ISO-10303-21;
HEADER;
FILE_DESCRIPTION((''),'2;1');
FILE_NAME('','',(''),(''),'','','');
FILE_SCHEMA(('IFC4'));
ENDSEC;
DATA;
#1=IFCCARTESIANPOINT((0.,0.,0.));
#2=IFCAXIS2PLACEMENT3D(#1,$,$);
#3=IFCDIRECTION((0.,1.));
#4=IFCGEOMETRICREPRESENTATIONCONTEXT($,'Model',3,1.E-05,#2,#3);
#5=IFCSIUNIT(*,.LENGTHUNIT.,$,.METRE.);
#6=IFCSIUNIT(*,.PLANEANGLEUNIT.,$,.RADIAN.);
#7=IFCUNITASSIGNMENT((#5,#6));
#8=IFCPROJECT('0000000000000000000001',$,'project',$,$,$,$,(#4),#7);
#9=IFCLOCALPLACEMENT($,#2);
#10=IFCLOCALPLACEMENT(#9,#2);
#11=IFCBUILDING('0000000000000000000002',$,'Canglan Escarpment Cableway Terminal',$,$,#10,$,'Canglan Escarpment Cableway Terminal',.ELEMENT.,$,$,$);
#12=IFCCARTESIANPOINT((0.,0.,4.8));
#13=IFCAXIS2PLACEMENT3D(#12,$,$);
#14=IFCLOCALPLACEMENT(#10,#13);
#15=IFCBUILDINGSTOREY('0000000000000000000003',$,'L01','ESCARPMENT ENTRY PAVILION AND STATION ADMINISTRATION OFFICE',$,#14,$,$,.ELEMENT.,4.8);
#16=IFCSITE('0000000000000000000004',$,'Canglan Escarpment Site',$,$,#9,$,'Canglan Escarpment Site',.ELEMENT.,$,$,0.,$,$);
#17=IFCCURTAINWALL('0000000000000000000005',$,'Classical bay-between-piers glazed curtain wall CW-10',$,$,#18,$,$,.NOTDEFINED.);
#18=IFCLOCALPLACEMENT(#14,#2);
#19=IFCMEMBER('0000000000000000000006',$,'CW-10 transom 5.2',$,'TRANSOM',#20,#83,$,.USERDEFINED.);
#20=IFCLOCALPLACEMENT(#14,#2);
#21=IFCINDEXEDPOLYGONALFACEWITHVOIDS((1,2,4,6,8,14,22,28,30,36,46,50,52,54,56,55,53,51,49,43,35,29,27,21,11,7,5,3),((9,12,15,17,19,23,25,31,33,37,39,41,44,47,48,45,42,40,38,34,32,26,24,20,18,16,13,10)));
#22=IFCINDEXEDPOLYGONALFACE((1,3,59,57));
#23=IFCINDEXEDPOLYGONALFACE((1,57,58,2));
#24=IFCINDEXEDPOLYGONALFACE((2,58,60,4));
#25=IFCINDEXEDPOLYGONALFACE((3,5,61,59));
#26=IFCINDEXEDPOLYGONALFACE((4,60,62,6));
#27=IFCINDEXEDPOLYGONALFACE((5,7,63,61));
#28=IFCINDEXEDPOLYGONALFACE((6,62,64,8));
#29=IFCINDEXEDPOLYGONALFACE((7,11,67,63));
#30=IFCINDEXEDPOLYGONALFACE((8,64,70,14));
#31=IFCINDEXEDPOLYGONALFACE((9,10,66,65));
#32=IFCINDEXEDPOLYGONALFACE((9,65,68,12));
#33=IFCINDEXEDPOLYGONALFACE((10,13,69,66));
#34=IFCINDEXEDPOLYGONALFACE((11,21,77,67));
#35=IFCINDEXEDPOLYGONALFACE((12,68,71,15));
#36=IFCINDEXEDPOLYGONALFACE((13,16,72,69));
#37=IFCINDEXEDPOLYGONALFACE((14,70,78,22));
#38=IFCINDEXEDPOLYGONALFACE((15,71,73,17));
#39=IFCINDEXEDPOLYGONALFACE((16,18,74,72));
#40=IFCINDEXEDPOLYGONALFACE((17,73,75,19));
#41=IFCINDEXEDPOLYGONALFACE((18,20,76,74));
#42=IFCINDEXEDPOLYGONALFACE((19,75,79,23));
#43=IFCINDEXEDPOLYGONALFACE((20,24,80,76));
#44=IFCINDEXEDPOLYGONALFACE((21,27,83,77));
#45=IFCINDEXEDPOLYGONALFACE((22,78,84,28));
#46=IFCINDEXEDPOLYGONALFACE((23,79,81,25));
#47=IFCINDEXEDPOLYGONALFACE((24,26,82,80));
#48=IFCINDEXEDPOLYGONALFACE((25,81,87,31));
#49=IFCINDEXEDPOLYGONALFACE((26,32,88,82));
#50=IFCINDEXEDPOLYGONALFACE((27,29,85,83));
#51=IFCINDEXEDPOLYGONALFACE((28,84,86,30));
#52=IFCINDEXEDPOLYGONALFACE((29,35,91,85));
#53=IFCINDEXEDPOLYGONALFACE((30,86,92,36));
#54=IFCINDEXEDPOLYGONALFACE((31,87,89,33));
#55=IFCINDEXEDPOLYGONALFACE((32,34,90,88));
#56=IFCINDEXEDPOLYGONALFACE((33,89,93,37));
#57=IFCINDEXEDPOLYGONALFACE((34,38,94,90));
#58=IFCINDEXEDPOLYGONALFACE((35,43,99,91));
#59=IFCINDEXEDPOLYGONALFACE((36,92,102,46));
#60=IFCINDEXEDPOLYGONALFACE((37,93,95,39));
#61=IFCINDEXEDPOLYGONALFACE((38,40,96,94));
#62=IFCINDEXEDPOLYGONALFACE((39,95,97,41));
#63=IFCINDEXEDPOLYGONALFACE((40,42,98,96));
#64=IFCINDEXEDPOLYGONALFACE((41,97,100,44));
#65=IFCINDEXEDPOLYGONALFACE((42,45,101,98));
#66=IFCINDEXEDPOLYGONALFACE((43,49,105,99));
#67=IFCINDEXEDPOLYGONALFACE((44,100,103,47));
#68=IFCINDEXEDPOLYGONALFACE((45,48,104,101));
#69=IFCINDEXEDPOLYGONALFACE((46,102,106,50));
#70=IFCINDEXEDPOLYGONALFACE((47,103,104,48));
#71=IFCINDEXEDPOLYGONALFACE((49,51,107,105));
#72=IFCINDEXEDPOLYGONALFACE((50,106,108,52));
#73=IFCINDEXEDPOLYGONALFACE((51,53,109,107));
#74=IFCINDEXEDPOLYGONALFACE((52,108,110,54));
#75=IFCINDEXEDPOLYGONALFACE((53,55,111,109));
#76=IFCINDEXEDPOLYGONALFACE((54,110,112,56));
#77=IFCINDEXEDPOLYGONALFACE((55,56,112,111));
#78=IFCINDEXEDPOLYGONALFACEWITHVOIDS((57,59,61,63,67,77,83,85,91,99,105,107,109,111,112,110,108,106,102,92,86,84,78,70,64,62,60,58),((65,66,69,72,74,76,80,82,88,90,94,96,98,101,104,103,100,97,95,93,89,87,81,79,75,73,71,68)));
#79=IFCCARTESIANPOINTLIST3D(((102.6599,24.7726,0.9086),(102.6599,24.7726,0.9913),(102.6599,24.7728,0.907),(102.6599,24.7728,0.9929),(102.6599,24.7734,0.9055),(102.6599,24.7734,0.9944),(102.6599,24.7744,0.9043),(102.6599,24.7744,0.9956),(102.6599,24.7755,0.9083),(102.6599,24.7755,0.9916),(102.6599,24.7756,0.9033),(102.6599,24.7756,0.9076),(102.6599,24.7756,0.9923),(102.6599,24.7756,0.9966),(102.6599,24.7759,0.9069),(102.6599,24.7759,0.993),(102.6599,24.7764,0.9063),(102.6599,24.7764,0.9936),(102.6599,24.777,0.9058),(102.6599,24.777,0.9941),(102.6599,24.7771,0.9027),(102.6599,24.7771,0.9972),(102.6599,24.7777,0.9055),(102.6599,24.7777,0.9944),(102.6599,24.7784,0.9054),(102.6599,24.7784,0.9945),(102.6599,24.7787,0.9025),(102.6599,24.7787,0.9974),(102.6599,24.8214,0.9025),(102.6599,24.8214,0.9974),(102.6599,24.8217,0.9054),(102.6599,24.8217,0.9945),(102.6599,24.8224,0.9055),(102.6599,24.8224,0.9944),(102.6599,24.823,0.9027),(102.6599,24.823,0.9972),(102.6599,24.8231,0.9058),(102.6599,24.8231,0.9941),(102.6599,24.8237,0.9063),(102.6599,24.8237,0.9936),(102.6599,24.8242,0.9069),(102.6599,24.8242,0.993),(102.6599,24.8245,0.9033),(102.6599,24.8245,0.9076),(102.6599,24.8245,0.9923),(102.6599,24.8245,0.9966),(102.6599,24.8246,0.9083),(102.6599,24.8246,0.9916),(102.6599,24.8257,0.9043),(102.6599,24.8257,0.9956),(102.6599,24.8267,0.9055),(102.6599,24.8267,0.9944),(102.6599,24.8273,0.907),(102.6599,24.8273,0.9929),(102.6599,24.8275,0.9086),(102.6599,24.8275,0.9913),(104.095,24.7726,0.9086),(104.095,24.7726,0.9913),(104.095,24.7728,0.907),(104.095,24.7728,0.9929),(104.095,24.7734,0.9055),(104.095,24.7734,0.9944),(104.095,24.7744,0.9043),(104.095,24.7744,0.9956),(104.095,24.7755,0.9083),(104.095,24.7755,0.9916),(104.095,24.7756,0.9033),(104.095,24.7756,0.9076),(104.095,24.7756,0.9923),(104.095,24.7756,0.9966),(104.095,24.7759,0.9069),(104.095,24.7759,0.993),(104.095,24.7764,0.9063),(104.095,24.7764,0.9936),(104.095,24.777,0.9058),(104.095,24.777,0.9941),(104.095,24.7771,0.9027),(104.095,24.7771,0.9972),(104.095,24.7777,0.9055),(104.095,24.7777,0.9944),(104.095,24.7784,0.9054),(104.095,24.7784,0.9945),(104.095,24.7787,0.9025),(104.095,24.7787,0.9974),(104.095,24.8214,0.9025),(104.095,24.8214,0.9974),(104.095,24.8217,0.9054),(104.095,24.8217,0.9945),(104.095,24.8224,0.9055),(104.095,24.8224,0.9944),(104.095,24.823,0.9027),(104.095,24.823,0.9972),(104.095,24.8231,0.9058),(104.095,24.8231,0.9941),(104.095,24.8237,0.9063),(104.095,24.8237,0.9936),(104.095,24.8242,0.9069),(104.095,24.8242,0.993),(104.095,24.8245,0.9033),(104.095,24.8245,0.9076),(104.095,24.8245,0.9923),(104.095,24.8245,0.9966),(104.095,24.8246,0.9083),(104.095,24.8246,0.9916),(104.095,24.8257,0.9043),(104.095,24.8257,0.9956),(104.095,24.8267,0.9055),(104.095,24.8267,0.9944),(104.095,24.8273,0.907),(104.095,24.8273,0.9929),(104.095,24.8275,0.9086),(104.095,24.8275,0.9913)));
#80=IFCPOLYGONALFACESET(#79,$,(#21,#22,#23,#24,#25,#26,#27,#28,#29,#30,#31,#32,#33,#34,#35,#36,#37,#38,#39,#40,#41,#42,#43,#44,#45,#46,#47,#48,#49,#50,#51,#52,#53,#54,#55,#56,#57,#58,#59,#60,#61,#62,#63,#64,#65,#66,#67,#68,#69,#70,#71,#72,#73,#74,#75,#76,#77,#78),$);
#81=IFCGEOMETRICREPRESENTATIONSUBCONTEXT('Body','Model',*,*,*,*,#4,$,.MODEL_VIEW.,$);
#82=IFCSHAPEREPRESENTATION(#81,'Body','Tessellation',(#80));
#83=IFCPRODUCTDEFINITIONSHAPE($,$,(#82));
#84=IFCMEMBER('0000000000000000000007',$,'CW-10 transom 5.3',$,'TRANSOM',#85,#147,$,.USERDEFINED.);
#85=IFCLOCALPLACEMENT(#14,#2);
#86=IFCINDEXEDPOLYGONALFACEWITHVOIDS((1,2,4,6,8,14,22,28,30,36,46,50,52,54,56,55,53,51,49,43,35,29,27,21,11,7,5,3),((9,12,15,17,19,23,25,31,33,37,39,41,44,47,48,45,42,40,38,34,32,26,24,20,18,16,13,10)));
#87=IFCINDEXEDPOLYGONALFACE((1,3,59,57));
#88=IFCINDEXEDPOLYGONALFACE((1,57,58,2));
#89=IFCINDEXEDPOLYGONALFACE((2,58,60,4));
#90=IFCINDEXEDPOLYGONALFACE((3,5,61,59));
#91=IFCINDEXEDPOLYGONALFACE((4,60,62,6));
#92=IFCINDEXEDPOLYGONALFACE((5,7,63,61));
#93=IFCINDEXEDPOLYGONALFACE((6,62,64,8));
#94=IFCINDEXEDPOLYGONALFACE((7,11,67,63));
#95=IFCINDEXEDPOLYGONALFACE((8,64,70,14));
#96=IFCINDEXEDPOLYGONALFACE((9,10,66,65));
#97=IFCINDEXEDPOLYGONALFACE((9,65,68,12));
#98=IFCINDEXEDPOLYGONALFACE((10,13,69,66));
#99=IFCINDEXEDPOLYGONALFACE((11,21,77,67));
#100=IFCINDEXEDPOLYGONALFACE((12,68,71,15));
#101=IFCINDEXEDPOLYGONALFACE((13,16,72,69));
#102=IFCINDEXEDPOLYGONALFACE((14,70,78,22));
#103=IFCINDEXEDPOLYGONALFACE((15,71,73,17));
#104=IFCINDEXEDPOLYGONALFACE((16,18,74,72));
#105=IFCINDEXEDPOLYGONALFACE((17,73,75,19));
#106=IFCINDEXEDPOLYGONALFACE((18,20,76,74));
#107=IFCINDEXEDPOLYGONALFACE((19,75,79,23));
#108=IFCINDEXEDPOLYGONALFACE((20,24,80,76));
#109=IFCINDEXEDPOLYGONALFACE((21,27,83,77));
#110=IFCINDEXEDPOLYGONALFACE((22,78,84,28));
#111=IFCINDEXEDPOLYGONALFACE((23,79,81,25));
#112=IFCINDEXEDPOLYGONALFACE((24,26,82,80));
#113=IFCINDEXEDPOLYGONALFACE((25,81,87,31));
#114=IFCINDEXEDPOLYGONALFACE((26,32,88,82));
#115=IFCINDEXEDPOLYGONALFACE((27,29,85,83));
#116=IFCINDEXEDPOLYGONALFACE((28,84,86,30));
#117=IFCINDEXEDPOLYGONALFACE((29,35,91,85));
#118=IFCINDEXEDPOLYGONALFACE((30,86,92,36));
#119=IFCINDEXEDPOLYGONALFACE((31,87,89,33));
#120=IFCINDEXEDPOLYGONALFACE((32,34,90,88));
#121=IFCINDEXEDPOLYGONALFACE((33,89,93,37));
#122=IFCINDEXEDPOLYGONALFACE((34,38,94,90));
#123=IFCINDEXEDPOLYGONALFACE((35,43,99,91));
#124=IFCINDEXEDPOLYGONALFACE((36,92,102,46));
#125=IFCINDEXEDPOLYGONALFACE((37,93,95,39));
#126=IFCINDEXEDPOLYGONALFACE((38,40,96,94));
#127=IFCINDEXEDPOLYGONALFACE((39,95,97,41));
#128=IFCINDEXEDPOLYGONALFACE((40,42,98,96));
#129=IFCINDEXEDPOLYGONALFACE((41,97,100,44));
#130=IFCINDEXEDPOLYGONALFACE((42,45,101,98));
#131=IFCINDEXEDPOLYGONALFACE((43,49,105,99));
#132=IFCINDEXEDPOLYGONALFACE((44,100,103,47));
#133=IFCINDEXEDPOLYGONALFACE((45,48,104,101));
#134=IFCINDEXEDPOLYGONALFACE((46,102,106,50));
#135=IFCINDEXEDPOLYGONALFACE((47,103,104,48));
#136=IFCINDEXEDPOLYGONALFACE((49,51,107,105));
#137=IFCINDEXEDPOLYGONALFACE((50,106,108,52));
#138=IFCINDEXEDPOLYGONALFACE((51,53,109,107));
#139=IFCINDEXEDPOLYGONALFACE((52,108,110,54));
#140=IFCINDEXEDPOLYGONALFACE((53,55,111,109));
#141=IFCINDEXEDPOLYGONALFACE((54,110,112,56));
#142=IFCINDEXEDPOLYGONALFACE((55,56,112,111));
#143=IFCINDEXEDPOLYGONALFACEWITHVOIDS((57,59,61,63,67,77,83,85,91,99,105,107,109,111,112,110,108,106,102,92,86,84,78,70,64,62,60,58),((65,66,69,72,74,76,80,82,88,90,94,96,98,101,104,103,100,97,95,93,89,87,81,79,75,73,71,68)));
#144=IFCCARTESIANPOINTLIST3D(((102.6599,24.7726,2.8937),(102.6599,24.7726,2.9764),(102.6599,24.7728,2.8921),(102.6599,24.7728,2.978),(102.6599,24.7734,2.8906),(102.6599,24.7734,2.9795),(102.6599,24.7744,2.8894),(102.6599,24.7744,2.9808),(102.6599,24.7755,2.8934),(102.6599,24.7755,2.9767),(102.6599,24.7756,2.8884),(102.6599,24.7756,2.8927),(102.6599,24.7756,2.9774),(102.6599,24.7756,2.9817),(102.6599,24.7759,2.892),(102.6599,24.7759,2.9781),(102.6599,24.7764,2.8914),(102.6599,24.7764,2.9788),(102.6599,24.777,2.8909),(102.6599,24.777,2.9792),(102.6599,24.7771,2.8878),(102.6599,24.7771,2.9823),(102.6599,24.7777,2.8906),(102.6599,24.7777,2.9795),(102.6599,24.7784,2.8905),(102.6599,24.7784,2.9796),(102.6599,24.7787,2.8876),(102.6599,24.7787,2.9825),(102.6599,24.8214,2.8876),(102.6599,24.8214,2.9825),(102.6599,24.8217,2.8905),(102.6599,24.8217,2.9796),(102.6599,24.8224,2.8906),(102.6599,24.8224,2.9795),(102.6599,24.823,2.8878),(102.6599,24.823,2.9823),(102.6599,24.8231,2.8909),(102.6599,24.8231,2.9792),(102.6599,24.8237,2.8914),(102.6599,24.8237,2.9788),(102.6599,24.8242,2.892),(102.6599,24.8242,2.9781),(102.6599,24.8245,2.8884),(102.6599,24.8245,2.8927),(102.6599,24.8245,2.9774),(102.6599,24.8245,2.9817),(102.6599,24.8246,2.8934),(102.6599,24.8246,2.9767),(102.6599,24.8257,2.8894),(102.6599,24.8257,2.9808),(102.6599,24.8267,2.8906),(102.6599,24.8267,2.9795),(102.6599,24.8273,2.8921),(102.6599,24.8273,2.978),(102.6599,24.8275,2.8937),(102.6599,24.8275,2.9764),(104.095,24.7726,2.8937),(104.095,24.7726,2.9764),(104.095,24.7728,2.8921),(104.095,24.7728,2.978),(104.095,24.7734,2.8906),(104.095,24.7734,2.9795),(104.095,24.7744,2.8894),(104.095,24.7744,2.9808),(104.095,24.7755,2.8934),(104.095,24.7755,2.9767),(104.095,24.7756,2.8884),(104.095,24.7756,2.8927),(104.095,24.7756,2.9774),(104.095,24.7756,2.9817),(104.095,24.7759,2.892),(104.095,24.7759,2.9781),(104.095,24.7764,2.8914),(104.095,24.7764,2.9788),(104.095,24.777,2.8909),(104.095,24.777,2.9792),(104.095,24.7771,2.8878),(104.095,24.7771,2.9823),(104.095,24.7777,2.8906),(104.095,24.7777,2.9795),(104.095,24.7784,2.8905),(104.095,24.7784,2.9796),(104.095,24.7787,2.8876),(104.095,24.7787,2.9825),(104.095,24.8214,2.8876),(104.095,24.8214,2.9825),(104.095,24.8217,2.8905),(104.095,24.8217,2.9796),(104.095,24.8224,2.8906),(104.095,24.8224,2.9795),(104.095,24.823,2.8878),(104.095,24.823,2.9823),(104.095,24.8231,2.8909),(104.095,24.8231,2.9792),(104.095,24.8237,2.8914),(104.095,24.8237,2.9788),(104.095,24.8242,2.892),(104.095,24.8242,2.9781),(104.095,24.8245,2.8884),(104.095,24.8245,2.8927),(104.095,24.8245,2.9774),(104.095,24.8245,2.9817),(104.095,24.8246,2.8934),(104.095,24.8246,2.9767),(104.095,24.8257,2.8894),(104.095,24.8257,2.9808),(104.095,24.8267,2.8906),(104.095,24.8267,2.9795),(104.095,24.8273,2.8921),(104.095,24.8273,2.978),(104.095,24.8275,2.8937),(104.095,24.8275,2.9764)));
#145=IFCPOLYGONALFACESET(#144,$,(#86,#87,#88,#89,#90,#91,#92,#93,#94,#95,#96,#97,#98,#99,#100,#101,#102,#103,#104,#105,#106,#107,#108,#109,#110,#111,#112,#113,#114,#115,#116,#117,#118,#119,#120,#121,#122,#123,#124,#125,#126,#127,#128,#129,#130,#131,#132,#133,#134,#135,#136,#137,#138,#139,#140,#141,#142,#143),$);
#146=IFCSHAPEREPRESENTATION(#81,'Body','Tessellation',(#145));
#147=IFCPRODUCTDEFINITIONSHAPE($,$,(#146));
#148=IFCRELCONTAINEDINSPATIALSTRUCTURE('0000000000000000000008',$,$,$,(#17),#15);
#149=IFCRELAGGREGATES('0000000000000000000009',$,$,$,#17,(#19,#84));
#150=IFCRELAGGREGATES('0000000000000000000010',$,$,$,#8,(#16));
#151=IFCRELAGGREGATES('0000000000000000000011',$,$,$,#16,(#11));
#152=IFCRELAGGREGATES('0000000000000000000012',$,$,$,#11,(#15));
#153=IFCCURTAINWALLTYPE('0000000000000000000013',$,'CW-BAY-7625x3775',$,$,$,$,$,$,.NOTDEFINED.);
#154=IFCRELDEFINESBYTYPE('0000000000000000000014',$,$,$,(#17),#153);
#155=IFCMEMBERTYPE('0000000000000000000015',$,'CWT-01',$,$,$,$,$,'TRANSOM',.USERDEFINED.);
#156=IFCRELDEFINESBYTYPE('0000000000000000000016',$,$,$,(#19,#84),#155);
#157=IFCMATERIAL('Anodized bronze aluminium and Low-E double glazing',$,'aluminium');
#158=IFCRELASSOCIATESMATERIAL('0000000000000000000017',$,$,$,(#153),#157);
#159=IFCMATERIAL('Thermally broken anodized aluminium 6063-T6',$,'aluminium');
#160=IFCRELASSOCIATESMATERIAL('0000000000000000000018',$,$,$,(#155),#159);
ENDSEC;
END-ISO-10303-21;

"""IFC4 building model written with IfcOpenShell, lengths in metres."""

from ifc_helpers import new_model, si_unit, direction, frame, origin, origin_2d, place, context, subcontext, project, spatial, hollow_rectangle, extrude, material, material_profile, profile_set, type_object, element, aggregate, save


model = new_model("IFC4")

# Units and contexts
model_context = context("Model", 3, precision=1e-05, world=origin(), true_north=direction((0.0, 1.0)))
body_context = subcontext(model_context, "Body", "Model", "MODEL_VIEW")
ifc_project = project(units=[si_unit("LENGTHUNIT", "METRE"), si_unit("PLANEANGLEUNIT", "RADIAN")], contexts=[model_context])

# Site, building, storey
site_placement = place(None, origin())
site = spatial("IfcSite", under=ifc_project, at=site_placement, Name="Canglan Escarpment Site", LongName="Canglan Escarpment Site", CompositionType="ELEMENT", RefElevation=0.0)
building_placement = place(site_placement, origin())
building = spatial("IfcBuilding", under=site, at=building_placement, Name="Canglan Escarpment Cableway Terminal", LongName="Canglan Escarpment Cableway Terminal", CompositionType="ELEMENT")
storey_placement = place(building_placement, frame((0.0, 0.0, 4.8)))
storey = spatial("IfcBuildingStorey", under=building, at=storey_placement, Name="L01", Description="ESCARPMENT ENTRY PAVILION AND STATION ADMINISTRATION OFFICE", CompositionType="ELEMENT", Elevation=4.8)

# Curtain wall, members
ifc_material_1 = material(Name="Anodized bronze aluminium and Low-E double glazing", Category="aluminium")
curtain_wall_type_1 = type_object("IfcCurtainWallType", Name="CW-BAY-7625x3775", PredefinedType="NOTDEFINED", material=ifc_material_1)
curtain_wall_1_placement = place(storey_placement, origin())
curtain_wall_1 = element("IfcCurtainWall", 1, at=curtain_wall_1_placement, inside=storey, type_object=curtain_wall_type_1, Name="Classical bay-between-piers glazed curtain wall CW-10", PredefinedType="NOTDEFINED")
ifc_material_2 = material(Name="Thermally broken anodized aluminium 6063-T6", Category="aluminium")
ifc_material_profile_1 = material_profile(ifc_material_2, hollow_rectangle(XDim=0.0549, YDim=0.095, WallThickness=0.0029, InnerFilletRadius=0.0029, OuterFilletRadius=0.0061, at=origin_2d()), Name="ALU-TRAN 55x95x3")
ifc_profile_set_1 = profile_set([ifc_material_profile_1], Name="Thermally broken anodized aluminium 6063-T6")
member_type_1 = type_object("IfcMemberType", Name="CWT-01", ElementType="TRANSOM", PredefinedType="USERDEFINED", material=ifc_profile_set_1)
member_1_placement = place(storey_placement, frame((104.095, 24.8, 0.95), z_axis=(-1.0, 0.0, 0.0), x_axis=(0.0, -1.0, 0.0)))
member_1 = element("IfcMember", 2, at=member_1_placement, type_object=member_type_1, Name="CW-10 transom 5.2", ObjectType="TRANSOM", PredefinedType="USERDEFINED", context=body_context, shape_type="SweptSolid", body=[
    extrude(hollow_rectangle(XDim=0.0549, YDim=0.095, WallThickness=0.0029, InnerFilletRadius=0.0029, OuterFilletRadius=0.0061, at=origin_2d()), origin(), (0.0, 0.0, 1.0), 1.4351),
])
member_2_placement = place(storey_placement, frame((104.095, 24.8, 2.9351), z_axis=(-1.0, 0.0, 0.0), x_axis=(0.0, -1.0, 0.0)))
member_2 = element("IfcMember", 3, at=member_2_placement, type_object=member_type_1, Name="CW-10 transom 5.3", ObjectType="TRANSOM", PredefinedType="USERDEFINED", context=body_context, shape_type="SweptSolid", body=[
    extrude(hollow_rectangle(XDim=0.0549, YDim=0.095, WallThickness=0.0029, InnerFilletRadius=0.0029, OuterFilletRadius=0.0061, at=origin_2d()), origin(), (0.0, 0.0, 1.0), 1.4351),
])

aggregate(curtain_wall_1, [member_1, member_2])

save(model, "model.ifc")
